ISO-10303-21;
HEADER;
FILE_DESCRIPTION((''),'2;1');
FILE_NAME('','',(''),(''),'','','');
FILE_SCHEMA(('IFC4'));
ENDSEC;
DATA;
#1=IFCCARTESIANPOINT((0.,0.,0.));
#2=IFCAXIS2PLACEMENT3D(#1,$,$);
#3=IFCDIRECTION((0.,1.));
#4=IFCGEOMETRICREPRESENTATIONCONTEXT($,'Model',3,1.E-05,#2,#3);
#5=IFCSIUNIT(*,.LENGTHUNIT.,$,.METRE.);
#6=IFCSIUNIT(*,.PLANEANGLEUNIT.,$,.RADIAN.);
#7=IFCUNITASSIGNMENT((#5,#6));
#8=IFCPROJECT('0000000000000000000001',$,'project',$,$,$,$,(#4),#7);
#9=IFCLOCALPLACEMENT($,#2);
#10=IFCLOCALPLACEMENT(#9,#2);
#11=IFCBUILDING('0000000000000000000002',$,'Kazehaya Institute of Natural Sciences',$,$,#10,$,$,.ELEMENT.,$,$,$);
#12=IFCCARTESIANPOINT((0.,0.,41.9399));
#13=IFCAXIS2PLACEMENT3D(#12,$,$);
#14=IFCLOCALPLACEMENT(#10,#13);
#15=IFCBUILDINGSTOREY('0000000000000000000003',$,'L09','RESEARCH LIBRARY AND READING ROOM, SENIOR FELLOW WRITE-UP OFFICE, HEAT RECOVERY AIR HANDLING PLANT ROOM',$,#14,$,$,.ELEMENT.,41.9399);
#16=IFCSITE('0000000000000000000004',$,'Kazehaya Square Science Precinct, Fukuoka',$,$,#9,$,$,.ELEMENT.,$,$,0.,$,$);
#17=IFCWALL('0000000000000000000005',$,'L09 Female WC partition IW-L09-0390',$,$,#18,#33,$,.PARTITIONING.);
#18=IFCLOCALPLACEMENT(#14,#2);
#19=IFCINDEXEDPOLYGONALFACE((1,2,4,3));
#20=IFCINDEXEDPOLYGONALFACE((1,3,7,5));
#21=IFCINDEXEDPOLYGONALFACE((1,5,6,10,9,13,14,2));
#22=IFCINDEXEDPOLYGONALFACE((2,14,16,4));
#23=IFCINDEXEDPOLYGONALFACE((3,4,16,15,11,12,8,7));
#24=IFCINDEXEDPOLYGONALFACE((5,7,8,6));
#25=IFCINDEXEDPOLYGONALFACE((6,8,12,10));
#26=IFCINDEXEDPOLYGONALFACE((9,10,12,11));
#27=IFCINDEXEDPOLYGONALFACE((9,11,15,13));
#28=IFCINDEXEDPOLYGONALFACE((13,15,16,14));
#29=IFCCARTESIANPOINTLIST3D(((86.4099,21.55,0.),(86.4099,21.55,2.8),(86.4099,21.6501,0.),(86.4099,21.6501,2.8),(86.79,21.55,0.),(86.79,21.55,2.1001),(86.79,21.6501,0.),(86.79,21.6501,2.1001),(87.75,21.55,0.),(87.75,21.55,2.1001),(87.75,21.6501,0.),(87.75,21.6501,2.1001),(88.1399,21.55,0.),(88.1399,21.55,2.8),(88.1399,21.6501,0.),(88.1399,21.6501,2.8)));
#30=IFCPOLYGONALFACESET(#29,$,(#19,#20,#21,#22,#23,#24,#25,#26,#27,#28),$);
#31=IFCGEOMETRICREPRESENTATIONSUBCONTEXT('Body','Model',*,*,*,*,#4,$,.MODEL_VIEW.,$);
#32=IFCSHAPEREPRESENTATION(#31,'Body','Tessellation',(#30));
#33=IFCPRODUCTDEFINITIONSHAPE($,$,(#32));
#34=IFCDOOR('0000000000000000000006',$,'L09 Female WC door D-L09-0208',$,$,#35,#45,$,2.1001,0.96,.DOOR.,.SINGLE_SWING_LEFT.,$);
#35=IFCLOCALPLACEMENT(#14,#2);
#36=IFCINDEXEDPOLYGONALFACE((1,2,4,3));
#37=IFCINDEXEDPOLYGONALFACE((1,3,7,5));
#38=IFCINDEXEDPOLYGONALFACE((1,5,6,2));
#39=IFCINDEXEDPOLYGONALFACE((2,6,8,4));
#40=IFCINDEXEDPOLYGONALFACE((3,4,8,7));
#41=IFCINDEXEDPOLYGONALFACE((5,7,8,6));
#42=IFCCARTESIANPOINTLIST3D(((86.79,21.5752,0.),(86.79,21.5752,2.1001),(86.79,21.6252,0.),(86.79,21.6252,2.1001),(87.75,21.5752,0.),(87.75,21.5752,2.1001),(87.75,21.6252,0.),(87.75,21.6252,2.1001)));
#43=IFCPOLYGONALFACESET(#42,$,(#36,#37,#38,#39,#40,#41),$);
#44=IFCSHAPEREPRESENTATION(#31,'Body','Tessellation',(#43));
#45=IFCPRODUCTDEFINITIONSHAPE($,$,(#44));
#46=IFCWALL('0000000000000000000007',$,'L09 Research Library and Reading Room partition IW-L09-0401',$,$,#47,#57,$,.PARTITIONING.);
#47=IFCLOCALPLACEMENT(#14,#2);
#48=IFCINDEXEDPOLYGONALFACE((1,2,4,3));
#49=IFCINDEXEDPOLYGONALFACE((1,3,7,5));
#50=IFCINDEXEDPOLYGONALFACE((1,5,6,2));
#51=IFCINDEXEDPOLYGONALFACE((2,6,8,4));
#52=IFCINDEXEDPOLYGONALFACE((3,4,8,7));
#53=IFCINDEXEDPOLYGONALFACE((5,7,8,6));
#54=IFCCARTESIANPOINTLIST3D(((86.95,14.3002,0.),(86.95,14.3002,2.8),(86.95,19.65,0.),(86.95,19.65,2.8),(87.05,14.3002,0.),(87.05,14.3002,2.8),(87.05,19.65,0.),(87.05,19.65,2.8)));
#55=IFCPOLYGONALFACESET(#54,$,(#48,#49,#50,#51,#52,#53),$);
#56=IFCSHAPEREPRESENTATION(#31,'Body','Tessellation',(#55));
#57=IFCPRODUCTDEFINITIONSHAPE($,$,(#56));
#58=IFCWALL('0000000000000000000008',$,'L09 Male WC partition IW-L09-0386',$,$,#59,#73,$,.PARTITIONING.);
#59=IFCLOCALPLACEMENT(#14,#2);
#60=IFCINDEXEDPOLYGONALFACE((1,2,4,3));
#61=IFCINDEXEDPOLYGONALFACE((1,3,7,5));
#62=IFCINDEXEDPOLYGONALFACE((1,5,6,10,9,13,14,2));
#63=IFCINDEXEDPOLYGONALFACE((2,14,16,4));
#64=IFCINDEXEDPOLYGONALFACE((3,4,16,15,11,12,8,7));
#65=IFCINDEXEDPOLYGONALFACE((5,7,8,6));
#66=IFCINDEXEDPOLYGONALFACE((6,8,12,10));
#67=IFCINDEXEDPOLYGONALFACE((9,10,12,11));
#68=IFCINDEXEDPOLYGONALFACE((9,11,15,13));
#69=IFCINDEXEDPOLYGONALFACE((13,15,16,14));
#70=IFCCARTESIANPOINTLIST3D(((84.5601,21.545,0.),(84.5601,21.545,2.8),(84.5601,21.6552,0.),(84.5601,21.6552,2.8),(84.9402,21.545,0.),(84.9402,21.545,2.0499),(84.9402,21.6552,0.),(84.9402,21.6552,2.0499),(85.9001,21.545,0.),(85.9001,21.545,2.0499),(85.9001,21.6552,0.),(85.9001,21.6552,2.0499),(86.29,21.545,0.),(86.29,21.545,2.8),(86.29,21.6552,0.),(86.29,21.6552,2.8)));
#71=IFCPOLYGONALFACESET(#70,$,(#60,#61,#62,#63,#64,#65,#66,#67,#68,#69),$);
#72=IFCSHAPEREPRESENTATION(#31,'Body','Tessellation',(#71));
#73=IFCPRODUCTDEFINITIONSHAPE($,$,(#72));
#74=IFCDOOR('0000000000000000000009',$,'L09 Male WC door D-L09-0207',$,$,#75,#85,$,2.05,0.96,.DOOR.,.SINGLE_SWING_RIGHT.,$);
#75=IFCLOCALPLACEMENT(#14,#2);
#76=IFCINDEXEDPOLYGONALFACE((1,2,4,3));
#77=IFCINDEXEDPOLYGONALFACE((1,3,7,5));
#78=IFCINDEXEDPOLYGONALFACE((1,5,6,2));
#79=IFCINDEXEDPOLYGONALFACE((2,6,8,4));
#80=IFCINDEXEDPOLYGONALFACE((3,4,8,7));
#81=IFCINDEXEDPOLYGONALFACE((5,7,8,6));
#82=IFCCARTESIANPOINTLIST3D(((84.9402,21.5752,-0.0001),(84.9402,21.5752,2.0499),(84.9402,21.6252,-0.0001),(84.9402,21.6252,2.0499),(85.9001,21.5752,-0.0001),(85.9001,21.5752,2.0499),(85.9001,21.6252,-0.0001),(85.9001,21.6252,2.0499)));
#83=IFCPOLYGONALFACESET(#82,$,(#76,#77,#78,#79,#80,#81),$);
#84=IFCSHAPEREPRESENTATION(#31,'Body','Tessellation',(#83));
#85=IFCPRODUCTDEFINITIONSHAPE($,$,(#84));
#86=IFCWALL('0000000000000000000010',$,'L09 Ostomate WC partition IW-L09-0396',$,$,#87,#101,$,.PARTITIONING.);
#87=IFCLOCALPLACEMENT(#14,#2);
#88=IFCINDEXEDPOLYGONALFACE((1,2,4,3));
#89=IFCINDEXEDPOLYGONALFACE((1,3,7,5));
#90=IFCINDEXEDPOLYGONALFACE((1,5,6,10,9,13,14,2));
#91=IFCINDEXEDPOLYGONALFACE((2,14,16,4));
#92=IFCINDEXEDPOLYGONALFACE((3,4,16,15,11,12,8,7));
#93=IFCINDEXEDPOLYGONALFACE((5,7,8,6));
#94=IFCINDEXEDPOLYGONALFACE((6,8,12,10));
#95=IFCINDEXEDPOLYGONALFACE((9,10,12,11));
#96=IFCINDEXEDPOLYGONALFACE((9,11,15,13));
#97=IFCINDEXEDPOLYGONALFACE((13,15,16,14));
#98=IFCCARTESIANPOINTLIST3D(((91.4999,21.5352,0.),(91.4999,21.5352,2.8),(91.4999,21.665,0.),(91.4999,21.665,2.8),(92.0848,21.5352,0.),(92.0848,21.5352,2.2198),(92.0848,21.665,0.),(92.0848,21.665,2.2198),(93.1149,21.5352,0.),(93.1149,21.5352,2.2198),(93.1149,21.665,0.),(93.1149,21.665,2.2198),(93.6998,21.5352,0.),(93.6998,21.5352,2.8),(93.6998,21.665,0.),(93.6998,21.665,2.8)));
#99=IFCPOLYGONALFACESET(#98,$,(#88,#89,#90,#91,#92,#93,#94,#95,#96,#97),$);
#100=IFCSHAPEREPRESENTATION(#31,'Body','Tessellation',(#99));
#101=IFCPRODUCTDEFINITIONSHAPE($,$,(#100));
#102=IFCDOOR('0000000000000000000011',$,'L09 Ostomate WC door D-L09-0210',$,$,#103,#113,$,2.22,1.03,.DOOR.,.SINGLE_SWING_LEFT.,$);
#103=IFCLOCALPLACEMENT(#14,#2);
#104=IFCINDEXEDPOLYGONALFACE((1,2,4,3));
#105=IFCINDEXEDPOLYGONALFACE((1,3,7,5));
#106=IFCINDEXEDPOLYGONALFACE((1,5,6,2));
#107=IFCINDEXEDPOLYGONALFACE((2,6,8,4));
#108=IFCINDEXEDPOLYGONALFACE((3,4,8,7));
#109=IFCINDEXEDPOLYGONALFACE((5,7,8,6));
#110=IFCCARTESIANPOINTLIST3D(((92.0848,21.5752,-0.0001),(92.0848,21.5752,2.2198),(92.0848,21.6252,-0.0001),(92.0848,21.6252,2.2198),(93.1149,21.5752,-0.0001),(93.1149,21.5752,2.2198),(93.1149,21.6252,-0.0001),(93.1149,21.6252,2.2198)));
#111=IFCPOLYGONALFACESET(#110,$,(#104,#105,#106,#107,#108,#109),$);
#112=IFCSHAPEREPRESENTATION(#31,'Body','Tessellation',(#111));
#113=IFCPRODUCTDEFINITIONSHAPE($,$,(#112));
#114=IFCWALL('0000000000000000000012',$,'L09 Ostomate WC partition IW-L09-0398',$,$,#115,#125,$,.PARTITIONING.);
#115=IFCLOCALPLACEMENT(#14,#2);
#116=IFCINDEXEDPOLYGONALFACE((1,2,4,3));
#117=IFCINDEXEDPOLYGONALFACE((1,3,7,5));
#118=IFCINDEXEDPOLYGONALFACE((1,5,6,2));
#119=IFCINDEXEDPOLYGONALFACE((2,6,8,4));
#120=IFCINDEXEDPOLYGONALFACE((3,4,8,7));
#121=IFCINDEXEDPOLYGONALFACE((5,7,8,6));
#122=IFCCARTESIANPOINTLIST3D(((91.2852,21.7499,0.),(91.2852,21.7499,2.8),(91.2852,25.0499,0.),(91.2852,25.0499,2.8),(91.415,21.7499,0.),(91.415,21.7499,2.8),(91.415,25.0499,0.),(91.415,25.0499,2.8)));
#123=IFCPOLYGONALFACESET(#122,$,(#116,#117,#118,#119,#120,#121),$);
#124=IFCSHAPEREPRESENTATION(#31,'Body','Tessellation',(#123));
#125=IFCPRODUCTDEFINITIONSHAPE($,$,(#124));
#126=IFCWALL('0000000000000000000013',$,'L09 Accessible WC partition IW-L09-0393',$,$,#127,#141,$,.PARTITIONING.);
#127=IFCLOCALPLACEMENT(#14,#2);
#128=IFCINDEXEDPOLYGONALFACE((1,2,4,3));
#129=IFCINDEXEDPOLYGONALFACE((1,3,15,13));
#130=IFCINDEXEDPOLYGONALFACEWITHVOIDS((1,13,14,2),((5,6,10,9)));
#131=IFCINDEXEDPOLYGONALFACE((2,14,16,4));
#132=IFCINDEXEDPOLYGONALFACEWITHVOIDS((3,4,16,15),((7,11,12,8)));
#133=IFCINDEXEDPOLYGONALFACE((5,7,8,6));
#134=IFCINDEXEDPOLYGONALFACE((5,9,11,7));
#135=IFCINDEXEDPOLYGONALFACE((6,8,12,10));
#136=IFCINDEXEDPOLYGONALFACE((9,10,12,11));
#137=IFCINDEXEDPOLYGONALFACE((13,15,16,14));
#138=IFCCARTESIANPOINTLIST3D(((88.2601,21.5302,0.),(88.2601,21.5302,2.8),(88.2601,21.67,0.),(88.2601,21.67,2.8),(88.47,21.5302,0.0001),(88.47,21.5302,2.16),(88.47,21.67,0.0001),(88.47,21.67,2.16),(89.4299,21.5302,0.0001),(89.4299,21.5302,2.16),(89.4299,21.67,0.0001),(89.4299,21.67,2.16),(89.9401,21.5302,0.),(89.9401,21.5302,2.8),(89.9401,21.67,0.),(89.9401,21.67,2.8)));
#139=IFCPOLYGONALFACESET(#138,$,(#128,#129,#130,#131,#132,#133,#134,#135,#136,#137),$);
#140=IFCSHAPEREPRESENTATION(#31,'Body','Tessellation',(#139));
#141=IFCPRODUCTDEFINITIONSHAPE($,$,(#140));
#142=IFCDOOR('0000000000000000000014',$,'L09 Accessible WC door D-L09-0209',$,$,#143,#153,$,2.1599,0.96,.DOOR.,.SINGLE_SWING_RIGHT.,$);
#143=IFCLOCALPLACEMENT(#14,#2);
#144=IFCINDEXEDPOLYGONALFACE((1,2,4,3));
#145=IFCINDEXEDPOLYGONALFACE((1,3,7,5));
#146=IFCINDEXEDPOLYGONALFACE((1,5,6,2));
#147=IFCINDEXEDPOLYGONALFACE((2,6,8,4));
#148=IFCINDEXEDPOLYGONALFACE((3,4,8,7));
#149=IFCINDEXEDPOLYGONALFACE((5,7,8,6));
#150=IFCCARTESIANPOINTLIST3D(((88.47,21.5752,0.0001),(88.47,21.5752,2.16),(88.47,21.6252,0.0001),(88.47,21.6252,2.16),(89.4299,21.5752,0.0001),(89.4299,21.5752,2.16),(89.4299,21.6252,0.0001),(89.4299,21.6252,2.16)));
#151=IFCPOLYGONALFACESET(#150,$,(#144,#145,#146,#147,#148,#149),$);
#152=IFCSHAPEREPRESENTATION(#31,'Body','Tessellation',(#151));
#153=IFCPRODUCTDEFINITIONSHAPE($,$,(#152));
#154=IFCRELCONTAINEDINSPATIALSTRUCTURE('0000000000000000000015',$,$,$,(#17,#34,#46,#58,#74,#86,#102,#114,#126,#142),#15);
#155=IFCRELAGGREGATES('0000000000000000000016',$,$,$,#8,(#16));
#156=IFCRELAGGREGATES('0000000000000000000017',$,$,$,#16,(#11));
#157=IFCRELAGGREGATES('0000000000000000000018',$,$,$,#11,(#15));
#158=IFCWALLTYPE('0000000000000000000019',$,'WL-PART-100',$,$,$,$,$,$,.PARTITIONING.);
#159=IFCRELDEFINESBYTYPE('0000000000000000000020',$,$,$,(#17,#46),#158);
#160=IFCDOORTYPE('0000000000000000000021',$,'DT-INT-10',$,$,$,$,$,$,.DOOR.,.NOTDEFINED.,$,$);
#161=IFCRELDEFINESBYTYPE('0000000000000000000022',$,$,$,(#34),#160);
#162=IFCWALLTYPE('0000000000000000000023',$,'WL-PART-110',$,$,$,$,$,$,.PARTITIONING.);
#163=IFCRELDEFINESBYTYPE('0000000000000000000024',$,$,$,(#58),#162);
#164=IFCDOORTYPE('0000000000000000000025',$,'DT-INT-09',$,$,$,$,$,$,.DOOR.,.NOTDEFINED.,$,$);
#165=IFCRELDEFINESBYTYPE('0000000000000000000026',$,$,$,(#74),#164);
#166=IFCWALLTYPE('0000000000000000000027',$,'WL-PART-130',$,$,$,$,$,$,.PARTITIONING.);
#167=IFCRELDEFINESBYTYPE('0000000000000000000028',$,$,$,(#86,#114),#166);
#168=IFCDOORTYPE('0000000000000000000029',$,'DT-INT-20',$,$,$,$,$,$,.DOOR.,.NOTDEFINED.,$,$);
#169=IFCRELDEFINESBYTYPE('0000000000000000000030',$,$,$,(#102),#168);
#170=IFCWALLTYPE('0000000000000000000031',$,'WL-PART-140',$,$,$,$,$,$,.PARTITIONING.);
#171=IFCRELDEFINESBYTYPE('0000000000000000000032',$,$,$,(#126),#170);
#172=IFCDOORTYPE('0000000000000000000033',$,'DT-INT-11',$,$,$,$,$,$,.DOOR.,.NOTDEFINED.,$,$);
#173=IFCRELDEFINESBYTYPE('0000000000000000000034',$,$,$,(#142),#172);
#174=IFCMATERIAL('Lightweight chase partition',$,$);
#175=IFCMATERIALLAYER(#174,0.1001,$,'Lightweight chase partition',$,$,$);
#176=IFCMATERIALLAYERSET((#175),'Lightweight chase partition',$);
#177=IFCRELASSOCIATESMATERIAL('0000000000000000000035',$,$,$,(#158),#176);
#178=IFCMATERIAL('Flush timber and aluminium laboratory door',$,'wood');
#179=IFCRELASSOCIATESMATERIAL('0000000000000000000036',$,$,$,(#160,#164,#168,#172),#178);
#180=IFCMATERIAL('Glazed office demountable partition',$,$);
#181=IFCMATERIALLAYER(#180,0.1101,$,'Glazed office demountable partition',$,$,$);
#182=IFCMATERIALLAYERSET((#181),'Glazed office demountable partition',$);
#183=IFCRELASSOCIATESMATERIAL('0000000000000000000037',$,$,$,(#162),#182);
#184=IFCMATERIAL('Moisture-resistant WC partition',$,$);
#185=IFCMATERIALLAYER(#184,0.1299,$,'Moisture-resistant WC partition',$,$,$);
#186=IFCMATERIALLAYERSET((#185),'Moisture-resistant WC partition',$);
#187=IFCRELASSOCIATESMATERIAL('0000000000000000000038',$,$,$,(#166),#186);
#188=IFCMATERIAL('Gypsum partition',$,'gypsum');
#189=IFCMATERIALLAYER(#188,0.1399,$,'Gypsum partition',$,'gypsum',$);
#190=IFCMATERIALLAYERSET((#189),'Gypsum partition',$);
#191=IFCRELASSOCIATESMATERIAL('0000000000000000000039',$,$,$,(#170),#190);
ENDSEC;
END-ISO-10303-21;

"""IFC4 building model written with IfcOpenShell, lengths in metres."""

from ifc_helpers import new_model, si_unit, direction, frame, frame_2d, origin, place, context, subcontext, project, spatial, rectangle, extrude, material, layer, layer_set, type_object, element, fill, save


model = new_model("IFC4")

# Units and contexts
model_context = context("Model", 3, precision=1e-05, world=origin(), true_north=direction((0.0, 1.0)))
body_context = subcontext(model_context, "Body", "Model", "MODEL_VIEW")
ifc_project = project(units=[si_unit("LENGTHUNIT", "METRE"), si_unit("PLANEANGLEUNIT", "RADIAN")], contexts=[model_context])

# Site, building, storey
site_placement = place(None, origin())
site = spatial("IfcSite", under=ifc_project, at=site_placement, Name="Kazehaya Square Science Precinct, Fukuoka", CompositionType="ELEMENT", RefElevation=0.0)
building_placement = place(site_placement, origin())
building = spatial("IfcBuilding", under=site, at=building_placement, Name="Kazehaya Institute of Natural Sciences", CompositionType="ELEMENT")
storey_placement = place(building_placement, frame((0.0, 0.0, 41.9399)))
storey = spatial("IfcBuildingStorey", under=building, at=storey_placement, Name="L09", Description="RESEARCH LIBRARY AND READING ROOM, SENIOR FELLOW WRITE-UP OFFICE, HEAT RECOVERY AIR HANDLING PLANT ROOM", CompositionType="ELEMENT", Elevation=41.9399)

# Wall, opening, door
ifc_material_1 = material(Name="Lightweight chase partition")
ifc_layer_1 = layer(ifc_material_1, 0.1001, Name="Lightweight chase partition")
ifc_layer_set_1 = layer_set([ifc_layer_1], Name="Lightweight chase partition")
wall_type_1 = type_object("IfcWallType", Name="WL-PART-100", PredefinedType="PARTITIONING", material=ifc_layer_set_1)
wall_1_placement = place(storey_placement, frame((88.1399, 21.6001, 0.0), z_axis=(0.0, 0.0, 1.0), x_axis=(-1.0, 0.0, 0.0)))
wall_1 = element("IfcWall", 1, at=wall_1_placement, inside=storey, type_object=wall_type_1, Name="L09 Female WC partition IW-L09-0390", PredefinedType="PARTITIONING", context=body_context, shape_type="SweptSolid", body=[
    extrude(rectangle(XDim=1.73, YDim=0.1001, at=frame_2d((0.865, 0.0))), origin(), (0.0, 0.0, 1.0), 2.8),
])
opening_1_placement = place(wall_1_placement, frame((0.3899, 0.0, 0.0)))
opening_1 = element("IfcOpeningElement", 2, at=opening_1_placement, cuts=wall_1, PredefinedType="OPENING", context=body_context, shape_type="SweptSolid", body=[
    extrude(rectangle(XDim=0.96, YDim=2.1001, at=frame_2d((0.48, 1.05))), frame((0.0, 0.0601, 0.0), z_axis=(0.0, -1.0, 0.0), x_axis=(1.0, 0.0, 0.0)), (0.0, 0.0, 1.0), 0.1201),
])
ifc_material_2 = material(Name="Flush timber and aluminium laboratory door", Category="wood")
door_type_1 = type_object("IfcDoorType", Name="DT-INT-10", OperationType="NOTDEFINED", PredefinedType="DOOR", material=ifc_material_2)
door_1_placement = place(opening_1_placement, origin())
door_1 = element("IfcDoor", 3, at=door_1_placement, inside=storey, type_object=door_type_1, Name="L09 Female WC door D-L09-0208", OperationType="SINGLE_SWING_LEFT", OverallHeight=2.1001, OverallWidth=0.96, PredefinedType="DOOR", context=body_context, shape_type="SweptSolid", body=[
    extrude(rectangle(XDim=0.96, YDim=2.1001, at=frame_2d((0.48, 1.05))), frame((0.0, 0.0249, 0.0), z_axis=(0.0, -1.0, 0.0), x_axis=(1.0, 0.0, 0.0)), (0.0, 0.0, 1.0), 0.05),
])
fill(opening_1, door_1)

# Wall
wall_2_placement = place(storey_placement, frame((87.0, 19.6499, 0.0), z_axis=(0.0, 0.0, 1.0), x_axis=(0.0, -1.0, 0.0)))
element("IfcWall", 4, at=wall_2_placement, inside=storey, type_object=wall_type_1, Name="L09 Research Library and Reading Room partition IW-L09-0401", PredefinedType="PARTITIONING", context=body_context, shape_type="SweptSolid", body=[
    extrude(rectangle(XDim=5.3499, YDim=0.1001, at=frame_2d((2.6748, 0.0))), origin(), (0.0, 0.0, 1.0), 2.8),
])

# Walls, openings, doors
ifc_material_3 = material(Name="Glazed office demountable partition")
ifc_layer_2 = layer(ifc_material_3, 0.1101, Name="Glazed office demountable partition")
ifc_layer_set_2 = layer_set([ifc_layer_2], Name="Glazed office demountable partition")
wall_type_2 = type_object("IfcWallType", Name="WL-PART-110", PredefinedType="PARTITIONING", material=ifc_layer_set_2)
wall_3_placement = place(storey_placement, frame((86.29, 21.6001, 0.0), z_axis=(0.0, 0.0, 1.0), x_axis=(-1.0, 0.0, 0.0)))
wall_3 = element("IfcWall", 5, at=wall_3_placement, inside=storey, type_object=wall_type_2, Name="L09 Male WC partition IW-L09-0386", PredefinedType="PARTITIONING", context=body_context, shape_type="SweptSolid", body=[
    extrude(rectangle(XDim=1.73, YDim=0.1101, at=frame_2d((0.865, 0.0))), origin(), (0.0, 0.0, 1.0), 2.8),
])
opening_2_placement = place(wall_3_placement, frame((0.3899, 0.0, 0.0)))
opening_2 = element("IfcOpeningElement", 6, at=opening_2_placement, cuts=wall_3, PredefinedType="OPENING", context=body_context, shape_type="SweptSolid", body=[
    extrude(rectangle(XDim=0.96, YDim=2.05, at=frame_2d((0.48, 1.0249))), frame((0.0, 0.0649, 0.0), z_axis=(0.0, -1.0, 0.0), x_axis=(1.0, 0.0, 0.0)), (0.0, 0.0, 1.0), 0.1301),
])
door_type_2 = type_object("IfcDoorType", Name="DT-INT-09", OperationType="NOTDEFINED", PredefinedType="DOOR", material=ifc_material_2)
door_2_placement = place(opening_2_placement, origin())
door_2 = element("IfcDoor", 7, at=door_2_placement, inside=storey, type_object=door_type_2, Name="L09 Male WC door D-L09-0207", OperationType="SINGLE_SWING_RIGHT", OverallHeight=2.05, OverallWidth=0.96, PredefinedType="DOOR", context=body_context, shape_type="SweptSolid", body=[
    extrude(rectangle(XDim=0.96, YDim=2.05, at=frame_2d((0.48, 1.0249))), frame((0.0, 0.0249, 0.0), z_axis=(0.0, -1.0, 0.0), x_axis=(1.0, 0.0, 0.0)), (0.0, 0.0, 1.0), 0.05),
])
fill(opening_2, door_2)
ifc_material_4 = material(Name="Moisture-resistant WC partition")
ifc_layer_3 = layer(ifc_material_4, 0.1299, Name="Moisture-resistant WC partition")
ifc_layer_set_3 = layer_set([ifc_layer_3], Name="Moisture-resistant WC partition")
wall_type_3 = type_object("IfcWallType", Name="WL-PART-130", PredefinedType="PARTITIONING", material=ifc_layer_set_3)
wall_4_placement = place(storey_placement, frame((93.7, 21.6001, 0.0), z_axis=(0.0, 0.0, 1.0), x_axis=(-1.0, 0.0, 0.0)))
wall_4 = element("IfcWall", 8, at=wall_4_placement, inside=storey, type_object=wall_type_3, Name="L09 Ostomate WC partition IW-L09-0396", PredefinedType="PARTITIONING", context=body_context, shape_type="SweptSolid", body=[
    extrude(rectangle(XDim=2.2, YDim=0.1299, at=frame_2d((1.1001, 0.0))), origin(), (0.0, 0.0, 1.0), 2.8),
])
opening_3_placement = place(wall_4_placement, frame((0.585, 0.0, 0.0)))
opening_3 = element("IfcOpeningElement", 9, at=opening_3_placement, cuts=wall_4, PredefinedType="OPENING", context=body_context, shape_type="SweptSolid", body=[
    extrude(rectangle(XDim=1.03, YDim=2.22, at=frame_2d((0.5151, 1.1099))), frame((0.0, 0.075, 0.0), z_axis=(0.0, -1.0, 0.0), x_axis=(1.0, 0.0, 0.0)), (0.0, 0.0, 1.0), 0.1499),
])
door_type_3 = type_object("IfcDoorType", Name="DT-INT-20", OperationType="NOTDEFINED", PredefinedType="DOOR", material=ifc_material_2)
door_3_placement = place(opening_3_placement, origin())
door_3 = element("IfcDoor", 10, at=door_3_placement, inside=storey, type_object=door_type_3, Name="L09 Ostomate WC door D-L09-0210", OperationType="SINGLE_SWING_LEFT", OverallHeight=2.22, OverallWidth=1.03, PredefinedType="DOOR", context=body_context, shape_type="SweptSolid", body=[
    extrude(rectangle(XDim=1.03, YDim=2.22, at=frame_2d((0.5151, 1.1099))), frame((0.0, 0.0249, 0.0), z_axis=(0.0, -1.0, 0.0), x_axis=(1.0, 0.0, 0.0)), (0.0, 0.0, 1.0), 0.05),
])
fill(opening_3, door_3)

# Wall
wall_5_placement = place(storey_placement, frame((91.3501, 21.75, 0.0), z_axis=(0.0, 0.0, 1.0), x_axis=(0.0, 1.0, 0.0)))
element("IfcWall", 11, at=wall_5_placement, inside=storey, type_object=wall_type_3, Name="L09 Ostomate WC partition IW-L09-0398", PredefinedType="PARTITIONING", context=body_context, shape_type="SweptSolid", body=[
    extrude(rectangle(XDim=3.3, YDim=0.1299, at=frame_2d((1.6499, 0.0))), origin(), (0.0, 0.0, 1.0), 2.8),
])

# Wall, opening, door
ifc_material_5 = material(Name="Gypsum partition", Category="gypsum")
ifc_layer_4 = layer(ifc_material_5, 0.1399, Name="Gypsum partition", Category="gypsum")
ifc_layer_set_4 = layer_set([ifc_layer_4], Name="Gypsum partition")
wall_type_4 = type_object("IfcWallType", Name="WL-PART-140", PredefinedType="PARTITIONING", material=ifc_layer_set_4)
wall_6_placement = place(storey_placement, frame((89.9399, 21.6001, 0.0), z_axis=(0.0, 0.0, 1.0), x_axis=(-1.0, 0.0, 0.0)))
wall_6 = element("IfcWall", 12, at=wall_6_placement, inside=storey, type_object=wall_type_4, Name="L09 Accessible WC partition IW-L09-0393", PredefinedType="PARTITIONING", context=body_context, shape_type="SweptSolid", body=[
    extrude(rectangle(XDim=1.6799, YDim=0.1399, at=frame_2d((0.8398, 0.0))), origin(), (0.0, 0.0, 1.0), 2.8),
])
opening_4_placement = place(wall_6_placement, frame((0.51, 0.0, 0.0)))
opening_4 = element("IfcOpeningElement", 13, at=opening_4_placement, cuts=wall_6, PredefinedType="OPENING", context=body_context, shape_type="SweptSolid", body=[
    extrude(rectangle(XDim=0.96, YDim=2.1599, at=frame_2d((0.48, 1.0801))), frame((0.0, 0.0798, 0.0), z_axis=(0.0, -1.0, 0.0), x_axis=(1.0, 0.0, 0.0)), (0.0, 0.0, 1.0), 0.1599),
])
door_type_4 = type_object("IfcDoorType", Name="DT-INT-11", OperationType="NOTDEFINED", PredefinedType="DOOR", material=ifc_material_2)
door_4_placement = place(opening_4_placement, origin())
door_4 = element("IfcDoor", 14, at=door_4_placement, inside=storey, type_object=door_type_4, Name="L09 Accessible WC door D-L09-0209", OperationType="SINGLE_SWING_RIGHT", OverallHeight=2.1599, OverallWidth=0.96, PredefinedType="DOOR", context=body_context, shape_type="SweptSolid", body=[
    extrude(rectangle(XDim=0.96, YDim=2.1599, at=frame_2d((0.48, 1.0801))), frame((0.0, 0.0249, 0.0), z_axis=(0.0, -1.0, 0.0), x_axis=(1.0, 0.0, 0.0)), (0.0, 0.0, 1.0), 0.05),
])
fill(opening_4, door_4)

save(model, "model.ifc")
